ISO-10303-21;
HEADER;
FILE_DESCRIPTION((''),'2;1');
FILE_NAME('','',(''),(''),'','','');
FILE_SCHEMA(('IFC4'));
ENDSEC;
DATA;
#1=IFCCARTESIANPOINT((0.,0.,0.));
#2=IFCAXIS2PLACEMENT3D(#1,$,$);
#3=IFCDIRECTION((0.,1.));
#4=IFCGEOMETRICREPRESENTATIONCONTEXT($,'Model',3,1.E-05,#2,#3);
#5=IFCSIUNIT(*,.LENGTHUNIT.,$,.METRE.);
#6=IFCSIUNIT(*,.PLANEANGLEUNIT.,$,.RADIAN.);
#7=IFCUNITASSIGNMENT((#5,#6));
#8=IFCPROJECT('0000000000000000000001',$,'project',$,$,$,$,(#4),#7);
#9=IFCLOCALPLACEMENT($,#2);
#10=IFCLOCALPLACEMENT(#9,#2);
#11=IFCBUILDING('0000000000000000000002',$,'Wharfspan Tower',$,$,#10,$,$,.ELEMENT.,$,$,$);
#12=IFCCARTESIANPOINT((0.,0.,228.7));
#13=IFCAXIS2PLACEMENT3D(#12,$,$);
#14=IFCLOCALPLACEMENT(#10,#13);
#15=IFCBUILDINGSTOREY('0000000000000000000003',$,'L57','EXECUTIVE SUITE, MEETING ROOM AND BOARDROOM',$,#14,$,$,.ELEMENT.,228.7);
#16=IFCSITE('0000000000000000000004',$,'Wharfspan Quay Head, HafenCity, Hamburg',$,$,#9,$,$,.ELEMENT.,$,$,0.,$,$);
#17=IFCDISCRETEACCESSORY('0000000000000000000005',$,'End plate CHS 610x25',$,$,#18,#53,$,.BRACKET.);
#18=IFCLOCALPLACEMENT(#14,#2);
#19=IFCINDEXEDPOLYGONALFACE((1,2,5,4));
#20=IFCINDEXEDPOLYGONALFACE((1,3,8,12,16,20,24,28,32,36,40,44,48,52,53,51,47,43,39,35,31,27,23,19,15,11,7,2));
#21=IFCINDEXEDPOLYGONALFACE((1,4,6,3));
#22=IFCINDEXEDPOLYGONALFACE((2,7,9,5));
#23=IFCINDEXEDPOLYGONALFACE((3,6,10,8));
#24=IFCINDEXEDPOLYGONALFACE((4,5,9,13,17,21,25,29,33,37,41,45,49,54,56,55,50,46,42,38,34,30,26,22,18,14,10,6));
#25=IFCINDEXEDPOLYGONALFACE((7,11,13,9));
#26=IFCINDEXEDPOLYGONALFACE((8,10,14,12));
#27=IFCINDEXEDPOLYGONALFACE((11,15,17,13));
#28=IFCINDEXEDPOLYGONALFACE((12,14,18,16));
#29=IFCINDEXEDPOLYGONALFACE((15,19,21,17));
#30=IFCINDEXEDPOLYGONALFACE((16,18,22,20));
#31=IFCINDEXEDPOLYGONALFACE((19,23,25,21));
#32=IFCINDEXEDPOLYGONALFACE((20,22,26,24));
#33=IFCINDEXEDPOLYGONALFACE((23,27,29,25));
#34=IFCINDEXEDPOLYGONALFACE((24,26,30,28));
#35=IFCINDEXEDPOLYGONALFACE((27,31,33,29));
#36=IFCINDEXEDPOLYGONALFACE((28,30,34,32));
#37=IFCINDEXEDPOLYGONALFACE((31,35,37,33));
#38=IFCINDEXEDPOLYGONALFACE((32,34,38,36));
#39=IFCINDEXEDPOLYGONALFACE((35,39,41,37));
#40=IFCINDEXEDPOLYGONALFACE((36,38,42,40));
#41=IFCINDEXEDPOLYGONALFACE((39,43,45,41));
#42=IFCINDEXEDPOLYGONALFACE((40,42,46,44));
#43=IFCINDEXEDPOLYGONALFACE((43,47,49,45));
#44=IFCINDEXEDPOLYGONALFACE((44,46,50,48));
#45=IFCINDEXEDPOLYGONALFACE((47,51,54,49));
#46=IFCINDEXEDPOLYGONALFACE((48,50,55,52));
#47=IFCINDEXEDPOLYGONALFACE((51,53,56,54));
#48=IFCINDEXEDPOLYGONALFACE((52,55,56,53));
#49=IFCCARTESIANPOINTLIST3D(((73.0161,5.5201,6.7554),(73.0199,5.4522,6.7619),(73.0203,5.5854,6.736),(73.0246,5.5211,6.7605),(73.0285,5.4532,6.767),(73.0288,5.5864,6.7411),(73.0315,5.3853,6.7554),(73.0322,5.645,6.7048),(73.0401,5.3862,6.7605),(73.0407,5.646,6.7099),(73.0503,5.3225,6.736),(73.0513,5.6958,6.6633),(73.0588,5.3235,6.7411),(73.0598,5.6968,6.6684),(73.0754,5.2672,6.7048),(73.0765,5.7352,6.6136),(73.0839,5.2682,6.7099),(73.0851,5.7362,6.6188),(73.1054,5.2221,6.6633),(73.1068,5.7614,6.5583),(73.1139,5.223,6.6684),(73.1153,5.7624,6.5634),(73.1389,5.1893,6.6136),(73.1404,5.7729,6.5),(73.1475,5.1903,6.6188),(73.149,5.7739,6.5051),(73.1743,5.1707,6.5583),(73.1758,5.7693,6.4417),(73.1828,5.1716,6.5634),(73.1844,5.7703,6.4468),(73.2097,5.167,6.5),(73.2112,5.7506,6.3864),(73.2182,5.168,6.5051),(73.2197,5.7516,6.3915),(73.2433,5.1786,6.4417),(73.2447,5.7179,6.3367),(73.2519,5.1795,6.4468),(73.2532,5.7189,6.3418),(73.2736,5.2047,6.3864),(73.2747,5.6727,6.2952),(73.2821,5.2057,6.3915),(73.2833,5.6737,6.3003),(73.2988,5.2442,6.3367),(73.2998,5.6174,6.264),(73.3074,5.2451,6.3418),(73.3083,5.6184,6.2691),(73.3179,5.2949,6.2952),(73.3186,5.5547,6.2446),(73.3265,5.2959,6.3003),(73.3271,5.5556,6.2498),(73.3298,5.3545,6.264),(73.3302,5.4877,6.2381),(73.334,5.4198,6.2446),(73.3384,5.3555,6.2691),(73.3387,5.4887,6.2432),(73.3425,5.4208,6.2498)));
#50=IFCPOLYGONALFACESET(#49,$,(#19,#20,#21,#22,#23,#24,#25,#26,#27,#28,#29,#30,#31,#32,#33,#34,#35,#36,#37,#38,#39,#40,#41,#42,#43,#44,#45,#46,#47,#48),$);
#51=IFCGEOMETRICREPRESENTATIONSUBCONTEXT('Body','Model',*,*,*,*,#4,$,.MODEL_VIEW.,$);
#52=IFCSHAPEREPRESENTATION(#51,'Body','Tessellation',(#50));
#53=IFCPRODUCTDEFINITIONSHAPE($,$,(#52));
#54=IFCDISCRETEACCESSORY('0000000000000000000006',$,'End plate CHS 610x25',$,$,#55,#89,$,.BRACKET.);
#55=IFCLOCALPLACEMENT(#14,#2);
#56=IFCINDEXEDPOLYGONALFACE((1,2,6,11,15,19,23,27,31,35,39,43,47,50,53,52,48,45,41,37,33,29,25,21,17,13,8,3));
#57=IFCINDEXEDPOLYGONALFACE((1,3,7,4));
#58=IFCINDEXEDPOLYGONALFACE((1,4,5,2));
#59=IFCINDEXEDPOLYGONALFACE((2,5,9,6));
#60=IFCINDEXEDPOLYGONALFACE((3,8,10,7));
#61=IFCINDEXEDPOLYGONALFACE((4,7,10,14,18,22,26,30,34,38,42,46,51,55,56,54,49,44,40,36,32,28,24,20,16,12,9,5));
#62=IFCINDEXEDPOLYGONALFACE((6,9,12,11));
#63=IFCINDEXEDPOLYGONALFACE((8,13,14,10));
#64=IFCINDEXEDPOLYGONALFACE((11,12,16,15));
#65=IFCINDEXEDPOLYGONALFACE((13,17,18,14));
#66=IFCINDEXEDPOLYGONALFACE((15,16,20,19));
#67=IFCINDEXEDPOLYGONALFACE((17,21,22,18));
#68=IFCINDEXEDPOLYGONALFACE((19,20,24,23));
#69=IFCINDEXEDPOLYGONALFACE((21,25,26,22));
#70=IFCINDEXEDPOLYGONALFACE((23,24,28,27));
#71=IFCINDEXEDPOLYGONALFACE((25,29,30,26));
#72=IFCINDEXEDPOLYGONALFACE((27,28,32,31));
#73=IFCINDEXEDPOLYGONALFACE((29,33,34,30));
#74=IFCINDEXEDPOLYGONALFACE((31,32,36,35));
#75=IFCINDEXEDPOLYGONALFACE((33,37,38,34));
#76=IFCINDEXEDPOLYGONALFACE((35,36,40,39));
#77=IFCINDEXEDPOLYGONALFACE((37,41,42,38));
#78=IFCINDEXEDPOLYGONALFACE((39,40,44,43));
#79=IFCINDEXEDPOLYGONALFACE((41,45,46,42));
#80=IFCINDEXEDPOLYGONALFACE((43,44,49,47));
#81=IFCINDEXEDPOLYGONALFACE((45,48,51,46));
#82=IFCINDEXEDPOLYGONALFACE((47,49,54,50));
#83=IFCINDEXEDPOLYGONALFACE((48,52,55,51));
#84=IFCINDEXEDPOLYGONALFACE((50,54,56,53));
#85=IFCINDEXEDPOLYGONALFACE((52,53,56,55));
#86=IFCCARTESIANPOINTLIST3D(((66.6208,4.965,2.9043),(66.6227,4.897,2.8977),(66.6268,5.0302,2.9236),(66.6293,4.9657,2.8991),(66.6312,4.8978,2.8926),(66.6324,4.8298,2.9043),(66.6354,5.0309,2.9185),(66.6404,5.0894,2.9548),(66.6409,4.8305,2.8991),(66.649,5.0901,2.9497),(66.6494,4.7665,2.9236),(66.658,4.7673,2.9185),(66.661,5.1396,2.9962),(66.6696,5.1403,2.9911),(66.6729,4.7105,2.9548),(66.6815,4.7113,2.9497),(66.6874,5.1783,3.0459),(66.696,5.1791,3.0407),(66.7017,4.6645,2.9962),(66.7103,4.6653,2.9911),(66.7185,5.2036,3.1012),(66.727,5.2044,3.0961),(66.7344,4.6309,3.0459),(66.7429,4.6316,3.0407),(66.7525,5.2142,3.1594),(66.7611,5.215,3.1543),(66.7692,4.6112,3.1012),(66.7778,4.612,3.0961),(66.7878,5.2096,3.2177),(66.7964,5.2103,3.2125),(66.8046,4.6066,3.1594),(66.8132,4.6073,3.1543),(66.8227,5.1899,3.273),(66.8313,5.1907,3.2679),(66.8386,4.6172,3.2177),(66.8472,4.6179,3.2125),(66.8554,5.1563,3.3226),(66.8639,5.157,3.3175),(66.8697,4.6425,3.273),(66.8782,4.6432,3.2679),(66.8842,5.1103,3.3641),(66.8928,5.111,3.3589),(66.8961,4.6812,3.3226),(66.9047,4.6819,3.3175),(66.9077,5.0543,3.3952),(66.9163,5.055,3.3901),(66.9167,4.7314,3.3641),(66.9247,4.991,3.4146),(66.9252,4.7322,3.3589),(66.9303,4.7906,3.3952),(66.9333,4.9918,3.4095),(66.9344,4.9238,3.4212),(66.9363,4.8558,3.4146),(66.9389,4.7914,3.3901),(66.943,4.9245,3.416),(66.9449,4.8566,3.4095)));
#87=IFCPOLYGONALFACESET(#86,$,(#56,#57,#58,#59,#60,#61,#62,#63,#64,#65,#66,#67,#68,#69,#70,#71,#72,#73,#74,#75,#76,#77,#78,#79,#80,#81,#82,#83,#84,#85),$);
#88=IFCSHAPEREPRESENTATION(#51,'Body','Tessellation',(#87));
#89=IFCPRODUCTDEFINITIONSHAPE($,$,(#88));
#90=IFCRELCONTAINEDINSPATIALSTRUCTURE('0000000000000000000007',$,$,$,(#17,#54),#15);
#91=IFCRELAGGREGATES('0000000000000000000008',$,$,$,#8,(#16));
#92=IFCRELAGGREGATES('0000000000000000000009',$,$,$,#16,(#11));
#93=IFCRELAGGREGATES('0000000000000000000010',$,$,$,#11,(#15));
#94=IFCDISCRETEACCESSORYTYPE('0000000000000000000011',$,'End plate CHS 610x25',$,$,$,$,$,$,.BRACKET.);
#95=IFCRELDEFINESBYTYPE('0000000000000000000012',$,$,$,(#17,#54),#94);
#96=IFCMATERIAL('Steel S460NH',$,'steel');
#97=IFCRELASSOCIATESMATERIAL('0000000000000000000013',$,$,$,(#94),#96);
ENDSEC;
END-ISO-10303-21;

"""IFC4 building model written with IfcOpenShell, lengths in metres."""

from ifc_helpers import new_model, si_unit, direction, frame, origin, origin_2d, place, context, subcontext, project, spatial, circle, extrude, material, material_profile, profile_set, type_object, element, save


model = new_model("IFC4")

# Units and contexts
model_context = context("Model", 3, precision=1e-05, world=origin(), true_north=direction((0.0, 1.0)))
body_context = subcontext(model_context, "Body", "Model", "MODEL_VIEW")
ifc_project = project(units=[si_unit("LENGTHUNIT", "METRE"), si_unit("PLANEANGLEUNIT", "RADIAN")], contexts=[model_context])

# Site, building, storey
site_placement = place(None, origin())
site = spatial("IfcSite", under=ifc_project, at=site_placement, Name="Wharfspan Quay Head, HafenCity, Hamburg", CompositionType="ELEMENT", RefElevation=0.0)
building_placement = place(site_placement, origin())
building = spatial("IfcBuilding", under=site, at=building_placement, Name="Wharfspan Tower", CompositionType="ELEMENT")
storey_placement = place(building_placement, frame((0.0, 0.0, 228.7)))
storey = spatial("IfcBuildingStorey", under=building, at=storey_placement, Name="L57", Description="EXECUTIVE SUITE, MEETING ROOM AND BOARDROOM", CompositionType="ELEMENT", Elevation=228.7)

# Shared definitions
ifc_material_1 = material(Name="Steel S460NH", Category="steel")

# Discrete accessories
ifc_material_profile_1 = material_profile(ifc_material_1, circle(Radius=0.3049, at=origin_2d()))
ifc_profile_set_1 = profile_set([ifc_material_profile_1], Name="Steel S460NH")
discrete_accessory_type = type_object("IfcDiscreteAccessoryType", Name="End plate CHS 610x25", PredefinedType="BRACKET", material=ifc_profile_set_1)
for number, where, z_axis, x_axis, name in (
    (1, (73.175, 5.47, 6.5), (0.853405, 0.097532, 0.512043), (-0.113547, 0.993531, 0.000001), "End plate CHS 610x25"),
    (2, (66.7871, 4.9111, 3.1543), (-0.855186, -0.073302, 0.513112), (0.085402, -0.996345, 0.000001), "End plate CHS 610x25"),
):
    element("IfcDiscreteAccessory", number, at=place(storey_placement, frame(where, z_axis=z_axis, x_axis=x_axis)), inside=storey, type_object=discrete_accessory_type, Name=name, PredefinedType="BRACKET", context=body_context, shape_type="SweptSolid", body=[
        extrude(circle(Radius=0.3049, at=origin_2d()), origin(), (0.0, 0.0, 1.0), 0.01),
    ])

save(model, "model.ifc")
